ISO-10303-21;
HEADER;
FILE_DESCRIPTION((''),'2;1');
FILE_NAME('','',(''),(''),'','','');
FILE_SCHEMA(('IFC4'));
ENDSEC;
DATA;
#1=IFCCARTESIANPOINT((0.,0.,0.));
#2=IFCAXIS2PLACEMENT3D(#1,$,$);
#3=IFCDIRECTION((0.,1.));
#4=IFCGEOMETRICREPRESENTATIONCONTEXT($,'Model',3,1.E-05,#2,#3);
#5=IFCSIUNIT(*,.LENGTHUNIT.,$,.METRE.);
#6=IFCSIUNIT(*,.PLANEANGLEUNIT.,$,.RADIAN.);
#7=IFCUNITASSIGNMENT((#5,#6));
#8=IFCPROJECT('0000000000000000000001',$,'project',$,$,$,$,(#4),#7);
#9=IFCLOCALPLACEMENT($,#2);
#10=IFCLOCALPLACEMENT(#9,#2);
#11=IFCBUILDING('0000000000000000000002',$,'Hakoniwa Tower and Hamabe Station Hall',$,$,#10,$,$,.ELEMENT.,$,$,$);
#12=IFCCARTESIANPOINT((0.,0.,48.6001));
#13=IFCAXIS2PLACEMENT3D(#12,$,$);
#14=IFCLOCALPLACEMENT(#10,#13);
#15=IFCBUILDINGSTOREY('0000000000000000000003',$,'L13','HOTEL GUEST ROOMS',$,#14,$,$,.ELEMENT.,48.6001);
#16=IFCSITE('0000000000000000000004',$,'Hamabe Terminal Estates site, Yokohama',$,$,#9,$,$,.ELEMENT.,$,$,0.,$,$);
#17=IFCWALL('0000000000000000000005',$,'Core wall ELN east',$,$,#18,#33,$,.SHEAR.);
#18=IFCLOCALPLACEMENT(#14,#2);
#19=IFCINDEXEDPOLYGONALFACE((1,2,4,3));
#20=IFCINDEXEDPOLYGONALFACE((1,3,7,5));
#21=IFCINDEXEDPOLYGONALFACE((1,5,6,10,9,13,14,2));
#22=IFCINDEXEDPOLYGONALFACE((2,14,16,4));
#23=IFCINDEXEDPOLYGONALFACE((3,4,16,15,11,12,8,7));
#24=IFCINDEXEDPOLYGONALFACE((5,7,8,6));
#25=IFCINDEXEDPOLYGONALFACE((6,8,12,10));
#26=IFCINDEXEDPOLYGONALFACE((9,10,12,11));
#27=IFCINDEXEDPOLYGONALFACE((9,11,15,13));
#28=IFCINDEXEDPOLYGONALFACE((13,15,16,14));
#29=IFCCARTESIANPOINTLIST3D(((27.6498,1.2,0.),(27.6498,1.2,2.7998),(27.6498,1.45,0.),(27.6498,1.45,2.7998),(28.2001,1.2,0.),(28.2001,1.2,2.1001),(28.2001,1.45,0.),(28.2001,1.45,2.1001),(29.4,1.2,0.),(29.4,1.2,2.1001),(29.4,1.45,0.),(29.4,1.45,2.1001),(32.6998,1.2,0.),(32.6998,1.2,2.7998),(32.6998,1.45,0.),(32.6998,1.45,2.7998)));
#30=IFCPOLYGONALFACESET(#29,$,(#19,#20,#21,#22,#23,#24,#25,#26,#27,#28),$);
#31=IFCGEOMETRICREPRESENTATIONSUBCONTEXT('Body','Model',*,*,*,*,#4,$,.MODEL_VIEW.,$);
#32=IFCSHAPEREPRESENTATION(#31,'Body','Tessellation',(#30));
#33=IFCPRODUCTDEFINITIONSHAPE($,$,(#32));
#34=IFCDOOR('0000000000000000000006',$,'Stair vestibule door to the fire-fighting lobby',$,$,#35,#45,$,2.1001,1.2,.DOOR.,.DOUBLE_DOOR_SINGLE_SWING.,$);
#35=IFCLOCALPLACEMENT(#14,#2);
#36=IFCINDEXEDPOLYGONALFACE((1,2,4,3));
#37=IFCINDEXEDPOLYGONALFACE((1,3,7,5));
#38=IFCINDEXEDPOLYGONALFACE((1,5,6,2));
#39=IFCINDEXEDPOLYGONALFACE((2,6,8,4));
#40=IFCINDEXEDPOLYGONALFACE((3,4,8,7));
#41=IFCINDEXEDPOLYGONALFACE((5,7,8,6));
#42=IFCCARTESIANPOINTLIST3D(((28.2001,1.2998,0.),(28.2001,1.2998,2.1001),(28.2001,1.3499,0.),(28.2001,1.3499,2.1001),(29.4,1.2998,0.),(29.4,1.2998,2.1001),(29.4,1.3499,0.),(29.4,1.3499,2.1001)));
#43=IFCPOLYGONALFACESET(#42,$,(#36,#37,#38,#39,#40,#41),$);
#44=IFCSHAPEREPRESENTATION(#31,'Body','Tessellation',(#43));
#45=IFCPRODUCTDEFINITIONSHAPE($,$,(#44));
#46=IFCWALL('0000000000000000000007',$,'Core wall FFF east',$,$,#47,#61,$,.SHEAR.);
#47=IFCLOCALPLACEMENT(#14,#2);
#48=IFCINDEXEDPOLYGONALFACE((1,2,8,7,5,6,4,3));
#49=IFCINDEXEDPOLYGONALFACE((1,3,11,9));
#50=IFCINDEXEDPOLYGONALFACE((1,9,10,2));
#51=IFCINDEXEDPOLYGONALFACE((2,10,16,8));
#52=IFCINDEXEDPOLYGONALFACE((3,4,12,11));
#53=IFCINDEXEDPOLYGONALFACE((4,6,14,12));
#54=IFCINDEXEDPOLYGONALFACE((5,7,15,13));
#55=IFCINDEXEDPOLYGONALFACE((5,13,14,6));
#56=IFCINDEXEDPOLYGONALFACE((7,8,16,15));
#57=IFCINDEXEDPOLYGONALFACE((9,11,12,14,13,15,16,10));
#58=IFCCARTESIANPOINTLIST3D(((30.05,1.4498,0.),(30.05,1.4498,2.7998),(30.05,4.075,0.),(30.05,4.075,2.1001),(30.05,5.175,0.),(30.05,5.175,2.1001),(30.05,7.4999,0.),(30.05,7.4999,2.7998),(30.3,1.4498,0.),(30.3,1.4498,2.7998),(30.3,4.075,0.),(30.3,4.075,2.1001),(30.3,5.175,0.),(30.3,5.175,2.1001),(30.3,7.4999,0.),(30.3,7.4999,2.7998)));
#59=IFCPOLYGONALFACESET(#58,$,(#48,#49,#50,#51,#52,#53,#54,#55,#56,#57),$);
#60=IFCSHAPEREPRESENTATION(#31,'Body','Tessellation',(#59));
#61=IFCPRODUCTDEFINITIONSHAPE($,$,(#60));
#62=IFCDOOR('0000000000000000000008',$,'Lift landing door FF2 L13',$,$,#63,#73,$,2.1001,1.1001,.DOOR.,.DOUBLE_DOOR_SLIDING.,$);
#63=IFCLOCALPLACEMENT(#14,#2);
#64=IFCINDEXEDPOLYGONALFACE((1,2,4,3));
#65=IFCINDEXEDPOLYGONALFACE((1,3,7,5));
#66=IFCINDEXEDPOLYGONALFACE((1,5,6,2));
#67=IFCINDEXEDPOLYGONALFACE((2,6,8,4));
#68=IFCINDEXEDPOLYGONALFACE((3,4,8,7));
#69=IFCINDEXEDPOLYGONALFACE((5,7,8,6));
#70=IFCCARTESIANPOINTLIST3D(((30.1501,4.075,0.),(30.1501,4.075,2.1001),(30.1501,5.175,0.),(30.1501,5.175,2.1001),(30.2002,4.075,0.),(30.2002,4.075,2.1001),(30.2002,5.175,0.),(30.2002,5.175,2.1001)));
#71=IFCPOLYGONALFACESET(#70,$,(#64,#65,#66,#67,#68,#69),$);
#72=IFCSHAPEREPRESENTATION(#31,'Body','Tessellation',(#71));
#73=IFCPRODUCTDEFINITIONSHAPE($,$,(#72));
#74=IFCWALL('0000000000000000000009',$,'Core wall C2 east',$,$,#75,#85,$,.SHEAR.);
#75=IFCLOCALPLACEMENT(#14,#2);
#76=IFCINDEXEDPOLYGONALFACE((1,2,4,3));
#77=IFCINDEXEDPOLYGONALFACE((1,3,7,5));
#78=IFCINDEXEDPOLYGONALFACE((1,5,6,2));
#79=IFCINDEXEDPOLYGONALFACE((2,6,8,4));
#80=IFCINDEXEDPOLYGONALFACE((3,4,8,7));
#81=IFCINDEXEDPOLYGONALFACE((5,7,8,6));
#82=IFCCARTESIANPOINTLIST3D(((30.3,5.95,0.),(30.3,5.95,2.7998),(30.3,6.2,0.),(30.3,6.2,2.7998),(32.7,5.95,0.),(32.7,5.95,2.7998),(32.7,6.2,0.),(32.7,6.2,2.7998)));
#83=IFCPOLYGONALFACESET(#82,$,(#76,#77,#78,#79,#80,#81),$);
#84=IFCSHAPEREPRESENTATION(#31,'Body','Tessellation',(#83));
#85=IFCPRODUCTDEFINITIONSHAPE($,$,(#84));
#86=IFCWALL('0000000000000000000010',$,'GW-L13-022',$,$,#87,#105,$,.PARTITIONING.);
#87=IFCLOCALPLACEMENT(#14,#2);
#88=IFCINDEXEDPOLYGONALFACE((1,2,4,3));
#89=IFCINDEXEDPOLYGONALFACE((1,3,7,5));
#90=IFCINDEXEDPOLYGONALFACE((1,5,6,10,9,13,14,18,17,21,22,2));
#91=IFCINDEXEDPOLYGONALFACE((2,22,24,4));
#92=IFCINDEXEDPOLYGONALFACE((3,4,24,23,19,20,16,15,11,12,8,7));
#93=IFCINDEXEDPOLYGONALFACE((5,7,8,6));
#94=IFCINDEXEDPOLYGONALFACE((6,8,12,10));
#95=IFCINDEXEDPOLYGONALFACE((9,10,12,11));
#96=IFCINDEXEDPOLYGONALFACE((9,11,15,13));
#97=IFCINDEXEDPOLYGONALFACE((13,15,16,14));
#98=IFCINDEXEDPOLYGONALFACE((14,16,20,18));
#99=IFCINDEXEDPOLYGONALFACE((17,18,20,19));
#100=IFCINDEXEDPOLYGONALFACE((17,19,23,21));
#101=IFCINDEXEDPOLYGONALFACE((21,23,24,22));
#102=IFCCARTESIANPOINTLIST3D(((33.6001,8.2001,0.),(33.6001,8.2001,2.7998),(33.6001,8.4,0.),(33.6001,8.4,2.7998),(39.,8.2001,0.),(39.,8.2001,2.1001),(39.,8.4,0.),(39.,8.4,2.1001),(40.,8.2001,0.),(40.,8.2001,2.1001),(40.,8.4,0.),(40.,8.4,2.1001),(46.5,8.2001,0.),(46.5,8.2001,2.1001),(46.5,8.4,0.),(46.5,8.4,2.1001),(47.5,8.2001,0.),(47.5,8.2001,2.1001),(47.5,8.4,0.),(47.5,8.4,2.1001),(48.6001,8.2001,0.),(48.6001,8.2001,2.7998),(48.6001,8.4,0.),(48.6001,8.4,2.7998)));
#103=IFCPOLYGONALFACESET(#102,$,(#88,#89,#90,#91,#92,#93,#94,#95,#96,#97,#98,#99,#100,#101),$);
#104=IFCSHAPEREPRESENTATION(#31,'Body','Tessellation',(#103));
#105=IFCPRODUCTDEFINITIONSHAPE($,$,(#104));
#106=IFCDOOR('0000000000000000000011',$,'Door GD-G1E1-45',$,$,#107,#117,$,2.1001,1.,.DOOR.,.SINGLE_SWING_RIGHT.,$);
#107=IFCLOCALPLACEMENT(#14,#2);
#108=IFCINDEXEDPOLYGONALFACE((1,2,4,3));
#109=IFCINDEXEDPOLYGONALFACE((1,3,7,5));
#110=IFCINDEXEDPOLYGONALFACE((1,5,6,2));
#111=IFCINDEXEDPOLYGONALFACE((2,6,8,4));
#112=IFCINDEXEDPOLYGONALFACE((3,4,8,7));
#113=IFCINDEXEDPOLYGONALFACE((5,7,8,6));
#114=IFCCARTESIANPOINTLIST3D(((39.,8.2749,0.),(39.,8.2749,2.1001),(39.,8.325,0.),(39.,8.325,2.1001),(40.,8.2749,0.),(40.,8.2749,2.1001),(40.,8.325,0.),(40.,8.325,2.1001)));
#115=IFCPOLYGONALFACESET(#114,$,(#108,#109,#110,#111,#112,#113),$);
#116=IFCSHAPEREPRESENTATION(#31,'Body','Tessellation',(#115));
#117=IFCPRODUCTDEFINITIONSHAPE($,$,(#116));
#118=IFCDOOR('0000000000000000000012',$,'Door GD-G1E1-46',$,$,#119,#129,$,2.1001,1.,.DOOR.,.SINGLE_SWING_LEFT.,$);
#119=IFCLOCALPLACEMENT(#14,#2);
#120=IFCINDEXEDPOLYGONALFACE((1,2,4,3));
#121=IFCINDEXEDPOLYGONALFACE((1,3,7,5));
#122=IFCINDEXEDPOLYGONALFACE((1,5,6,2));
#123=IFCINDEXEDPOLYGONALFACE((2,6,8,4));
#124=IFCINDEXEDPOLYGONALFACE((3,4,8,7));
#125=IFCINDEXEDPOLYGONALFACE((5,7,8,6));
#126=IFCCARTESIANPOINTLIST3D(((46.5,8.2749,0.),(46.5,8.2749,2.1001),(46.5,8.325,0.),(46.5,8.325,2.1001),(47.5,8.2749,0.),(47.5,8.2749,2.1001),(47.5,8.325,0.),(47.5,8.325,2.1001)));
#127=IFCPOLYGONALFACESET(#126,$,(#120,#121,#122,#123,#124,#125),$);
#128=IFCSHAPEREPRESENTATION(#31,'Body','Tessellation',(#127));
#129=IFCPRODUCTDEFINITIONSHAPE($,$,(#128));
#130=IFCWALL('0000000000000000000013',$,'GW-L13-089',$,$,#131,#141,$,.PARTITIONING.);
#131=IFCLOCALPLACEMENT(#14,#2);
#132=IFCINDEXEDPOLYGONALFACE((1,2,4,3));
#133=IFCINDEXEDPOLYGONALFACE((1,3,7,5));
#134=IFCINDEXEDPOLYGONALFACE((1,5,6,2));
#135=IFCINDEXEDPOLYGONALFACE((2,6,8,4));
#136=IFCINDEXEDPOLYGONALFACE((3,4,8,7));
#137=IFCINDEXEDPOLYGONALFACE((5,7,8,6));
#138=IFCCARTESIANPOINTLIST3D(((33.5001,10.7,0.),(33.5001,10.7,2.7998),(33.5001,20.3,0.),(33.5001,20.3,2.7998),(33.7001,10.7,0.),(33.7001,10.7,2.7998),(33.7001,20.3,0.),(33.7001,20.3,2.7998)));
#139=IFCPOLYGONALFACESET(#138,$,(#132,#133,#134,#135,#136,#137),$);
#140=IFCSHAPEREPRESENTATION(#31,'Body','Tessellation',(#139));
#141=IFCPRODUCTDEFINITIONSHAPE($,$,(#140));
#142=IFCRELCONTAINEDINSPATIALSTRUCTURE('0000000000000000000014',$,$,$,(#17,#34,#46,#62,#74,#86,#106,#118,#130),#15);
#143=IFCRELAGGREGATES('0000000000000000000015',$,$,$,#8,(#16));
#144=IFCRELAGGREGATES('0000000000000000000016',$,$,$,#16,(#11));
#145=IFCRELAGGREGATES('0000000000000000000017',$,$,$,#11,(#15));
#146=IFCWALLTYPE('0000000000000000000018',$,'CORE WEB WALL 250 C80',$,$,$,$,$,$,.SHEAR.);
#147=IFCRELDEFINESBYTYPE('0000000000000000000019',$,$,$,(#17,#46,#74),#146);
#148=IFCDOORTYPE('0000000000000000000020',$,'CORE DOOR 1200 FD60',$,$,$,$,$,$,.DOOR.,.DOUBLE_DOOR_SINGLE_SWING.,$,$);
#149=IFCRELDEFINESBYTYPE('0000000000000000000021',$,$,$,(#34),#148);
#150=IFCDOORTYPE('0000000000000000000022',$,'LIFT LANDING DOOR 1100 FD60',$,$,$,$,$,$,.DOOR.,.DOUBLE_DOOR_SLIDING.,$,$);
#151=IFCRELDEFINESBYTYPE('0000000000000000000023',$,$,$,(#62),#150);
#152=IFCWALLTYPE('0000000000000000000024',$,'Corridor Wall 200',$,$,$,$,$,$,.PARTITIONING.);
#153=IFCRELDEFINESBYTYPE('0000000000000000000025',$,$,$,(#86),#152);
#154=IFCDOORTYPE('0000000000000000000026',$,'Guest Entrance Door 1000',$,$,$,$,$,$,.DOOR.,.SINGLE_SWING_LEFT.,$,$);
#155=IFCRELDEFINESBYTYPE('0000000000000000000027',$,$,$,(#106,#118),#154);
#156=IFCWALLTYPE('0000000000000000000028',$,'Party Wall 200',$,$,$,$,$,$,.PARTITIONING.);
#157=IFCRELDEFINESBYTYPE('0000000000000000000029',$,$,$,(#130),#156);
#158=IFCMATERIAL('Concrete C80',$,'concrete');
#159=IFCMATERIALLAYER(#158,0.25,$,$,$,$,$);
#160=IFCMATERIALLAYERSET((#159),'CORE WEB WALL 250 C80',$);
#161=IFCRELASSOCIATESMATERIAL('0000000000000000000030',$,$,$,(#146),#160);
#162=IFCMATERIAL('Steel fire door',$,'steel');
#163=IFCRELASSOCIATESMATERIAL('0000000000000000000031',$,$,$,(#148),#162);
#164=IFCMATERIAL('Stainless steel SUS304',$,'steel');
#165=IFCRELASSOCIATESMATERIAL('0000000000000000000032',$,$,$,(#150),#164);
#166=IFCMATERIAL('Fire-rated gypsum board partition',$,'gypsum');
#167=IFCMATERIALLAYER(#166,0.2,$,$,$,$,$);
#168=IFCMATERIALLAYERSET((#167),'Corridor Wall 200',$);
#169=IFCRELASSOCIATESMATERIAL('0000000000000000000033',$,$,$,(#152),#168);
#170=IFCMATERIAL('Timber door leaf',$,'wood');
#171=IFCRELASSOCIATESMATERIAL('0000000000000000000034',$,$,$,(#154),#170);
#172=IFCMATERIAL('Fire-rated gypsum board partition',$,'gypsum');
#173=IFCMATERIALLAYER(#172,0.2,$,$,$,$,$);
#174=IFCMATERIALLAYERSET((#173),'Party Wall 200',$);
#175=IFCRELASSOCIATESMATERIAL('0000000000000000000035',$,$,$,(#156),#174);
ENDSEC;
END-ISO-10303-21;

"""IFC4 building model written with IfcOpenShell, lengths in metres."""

from ifc_helpers import new_model, si_unit, direction, frame, frame_2d, origin, place, context, subcontext, project, spatial, rectangle, extrude, material, layer, layer_set, type_object, element, fill, save


model = new_model("IFC4")

# Units and contexts
model_context = context("Model", 3, precision=1e-05, world=origin(), true_north=direction((0.0, 1.0)))
body_context = subcontext(model_context, "Body", "Model", "MODEL_VIEW")
ifc_project = project(units=[si_unit("LENGTHUNIT", "METRE"), si_unit("PLANEANGLEUNIT", "RADIAN")], contexts=[model_context])

# Site, building, storey
site_placement = place(None, origin())
site = spatial("IfcSite", under=ifc_project, at=site_placement, Name="Hamabe Terminal Estates site, Yokohama", CompositionType="ELEMENT", RefElevation=0.0)
building_placement = place(site_placement, origin())
building = spatial("IfcBuilding", under=site, at=building_placement, Name="Hakoniwa Tower and Hamabe Station Hall", CompositionType="ELEMENT")
storey_placement = place(building_placement, frame((0.0, 0.0, 48.6001)))
storey = spatial("IfcBuildingStorey", under=building, at=storey_placement, Name="L13", Description="HOTEL GUEST ROOMS", CompositionType="ELEMENT", Elevation=48.6001)

# Walls, openings, doors
ifc_material_1 = material(Name="Concrete C80", Category="concrete")
ifc_layer_1 = layer(ifc_material_1, 0.25)
ifc_layer_set_1 = layer_set([ifc_layer_1], Name="CORE WEB WALL 250 C80")
wall_type_1 = type_object("IfcWallType", Name="CORE WEB WALL 250 C80", PredefinedType="SHEAR", material=ifc_layer_set_1)
wall_1_placement = place(storey_placement, frame((27.6499, 1.325, 0.0), z_axis=(0.0, 0.0, 1.0), x_axis=(1.0, 0.0, 0.0)))
wall_1 = element("IfcWall", 1, at=wall_1_placement, inside=storey, type_object=wall_type_1, Name="Core wall ELN east", PredefinedType="SHEAR", context=body_context, shape_type="SweptSolid", body=[
    extrude(rectangle(XDim=5.05, YDim=0.25, at=frame_2d((2.5249, 0.0))), origin(), (0.0, 0.0, 1.0), 2.7998),
])
opening_1_placement = place(wall_1_placement, frame((0.55, 0.0, 0.0)))
opening_1 = element("IfcOpeningElement", 2, at=opening_1_placement, cuts=wall_1, PredefinedType="OPENING", context=body_context, shape_type="SweptSolid", body=[
    extrude(rectangle(XDim=1.2, YDim=2.1001, at=frame_2d((0.6001, 1.05))), frame((0.0, 0.135, 0.0), z_axis=(0.0, -1.0, 0.0), x_axis=(1.0, 0.0, 0.0)), (0.0, 0.0, 1.0), 0.27),
])
ifc_material_2 = material(Name="Steel fire door", Category="steel")
door_type_1 = type_object("IfcDoorType", Name="CORE DOOR 1200 FD60", OperationType="DOUBLE_DOOR_SINGLE_SWING", PredefinedType="DOOR", material=ifc_material_2)
door_1_placement = place(opening_1_placement, origin())
door_1 = element("IfcDoor", 3, at=door_1_placement, inside=storey, type_object=door_type_1, Name="Stair vestibule door to the fire-fighting lobby", OperationType="DOUBLE_DOOR_SINGLE_SWING", OverallHeight=2.1001, OverallWidth=1.2, PredefinedType="DOOR", context=body_context, shape_type="SweptSolid", body=[
    extrude(rectangle(XDim=1.2, YDim=2.1001, at=frame_2d((0.6001, 1.05))), frame((0.0, 0.0249, 0.0), z_axis=(0.0, -1.0, 0.0), x_axis=(1.0, 0.0, 0.0)), (0.0, 0.0, 1.0), 0.05),
])
fill(opening_1, door_1)
wall_2_placement = place(storey_placement, frame((30.175, 1.45, 0.0), z_axis=(0.0, 0.0, 1.0), x_axis=(0.0, 1.0, 0.0)))
wall_2 = element("IfcWall", 4, at=wall_2_placement, inside=storey, type_object=wall_type_1, Name="Core wall FFF east", PredefinedType="SHEAR", context=body_context, shape_type="SweptSolid", body=[
    extrude(rectangle(XDim=6.05, YDim=0.25, at=frame_2d((3.0249, 0.0))), origin(), (0.0, 0.0, 1.0), 2.7998),
])
opening_2_placement = place(wall_2_placement, frame((2.625, 0.0, 0.0)))
opening_2 = element("IfcOpeningElement", 5, at=opening_2_placement, cuts=wall_2, PredefinedType="OPENING", context=body_context, shape_type="SweptSolid", body=[
    extrude(rectangle(XDim=1.1001, YDim=2.1001, at=frame_2d((0.55, 1.05))), frame((0.0, 0.135, 0.0), z_axis=(0.0, -1.0, 0.0), x_axis=(1.0, 0.0, 0.0)), (0.0, 0.0, 1.0), 0.27),
])
ifc_material_3 = material(Name="Stainless steel SUS304", Category="steel")
door_type_2 = type_object("IfcDoorType", Name="LIFT LANDING DOOR 1100 FD60", OperationType="DOUBLE_DOOR_SLIDING", PredefinedType="DOOR", material=ifc_material_3)
door_2_placement = place(opening_2_placement, origin())
door_2 = element("IfcDoor", 6, at=door_2_placement, inside=storey, type_object=door_type_2, Name="Lift landing door FF2 L13", OperationType="DOUBLE_DOOR_SLIDING", OverallHeight=2.1001, OverallWidth=1.1001, PredefinedType="DOOR", context=body_context, shape_type="SweptSolid", body=[
    extrude(rectangle(XDim=1.1001, YDim=2.1001, at=frame_2d((0.55, 1.05))), frame((0.0, 0.0249, 0.0), z_axis=(0.0, -1.0, 0.0), x_axis=(1.0, 0.0, 0.0)), (0.0, 0.0, 1.0), 0.05),
])
fill(opening_2, door_2)

# Wall
wall_3_placement = place(storey_placement, frame((30.3, 6.075, 0.0), z_axis=(0.0, 0.0, 1.0), x_axis=(1.0, 0.0, 0.0)))
element("IfcWall", 7, at=wall_3_placement, inside=storey, type_object=wall_type_1, Name="Core wall C2 east", PredefinedType="SHEAR", context=body_context, shape_type="SweptSolid", body=[
    extrude(rectangle(XDim=2.3999, YDim=0.25, at=frame_2d((1.2, 0.0))), origin(), (0.0, 0.0, 1.0), 2.7998),
])

# Wall, openings, doors
ifc_material_4 = material(Name="Fire-rated gypsum board partition", Category="gypsum")
ifc_layer_2 = layer(ifc_material_4, 0.2)
ifc_layer_set_2 = layer_set([ifc_layer_2], Name="Corridor Wall 200")
wall_type_2 = type_object("IfcWallType", Name="Corridor Wall 200", PredefinedType="PARTITIONING", material=ifc_layer_set_2)
wall_4_placement = place(storey_placement, frame((33.6001, 8.3, 0.0), z_axis=(0.0, 0.0, 1.0), x_axis=(1.0, 0.0, 0.0)))
wall_4 = element("IfcWall", 8, at=wall_4_placement, inside=storey, type_object=wall_type_2, Name="GW-L13-022", PredefinedType="PARTITIONING", context=body_context, shape_type="SweptSolid", body=[
    extrude(rectangle(XDim=15.0, YDim=0.2, at=frame_2d((7.5, 0.0))), origin(), (0.0, 0.0, 1.0), 2.7998),
])
opening_3_placement = place(wall_4_placement, frame((5.3999, 0.0, 0.0)))
opening_3 = element("IfcOpeningElement", 9, at=opening_3_placement, cuts=wall_4, PredefinedType="OPENING", context=body_context, shape_type="SweptSolid", body=[
    extrude(rectangle(XDim=1.0, YDim=2.1001, at=frame_2d((0.5, 1.05))), frame((0.0, 0.1099, 0.0), z_axis=(0.0, -1.0, 0.0), x_axis=(1.0, 0.0, 0.0)), (0.0, 0.0, 1.0), 0.22),
])
opening_4_placement = place(wall_4_placement, frame((12.8999, 0.0, 0.0)))
opening_4 = element("IfcOpeningElement", 10, at=opening_4_placement, cuts=wall_4, PredefinedType="OPENING", context=body_context, shape_type="SweptSolid", body=[
    extrude(rectangle(XDim=1.0, YDim=2.1001, at=frame_2d((0.5, 1.05))), frame((0.0, 0.1099, 0.0), z_axis=(0.0, -1.0, 0.0), x_axis=(1.0, 0.0, 0.0)), (0.0, 0.0, 1.0), 0.22),
])
ifc_material_5 = material(Name="Timber door leaf", Category="wood")
door_type_3 = type_object("IfcDoorType", Name="Guest Entrance Door 1000", OperationType="SINGLE_SWING_LEFT", PredefinedType="DOOR", material=ifc_material_5)
door_3_placement = place(opening_3_placement, origin())
door_3 = element("IfcDoor", 11, at=door_3_placement, inside=storey, type_object=door_type_3, Name="Door GD-G1E1-45", OperationType="SINGLE_SWING_RIGHT", OverallHeight=2.1001, OverallWidth=1.0, PredefinedType="DOOR", context=body_context, shape_type="SweptSolid", body=[
    extrude(rectangle(XDim=1.0, YDim=2.1001, at=frame_2d((0.5, 1.05))), frame((0.0, 0.0249, 0.0), z_axis=(0.0, -1.0, 0.0), x_axis=(1.0, 0.0, 0.0)), (0.0, 0.0, 1.0), 0.05),
])
fill(opening_3, door_3)
door_4_placement = place(opening_4_placement, origin())
door_4 = element("IfcDoor", 12, at=door_4_placement, inside=storey, type_object=door_type_3, Name="Door GD-G1E1-46", OperationType="SINGLE_SWING_LEFT", OverallHeight=2.1001, OverallWidth=1.0, PredefinedType="DOOR", context=body_context, shape_type="SweptSolid", body=[
    extrude(rectangle(XDim=1.0, YDim=2.1001, at=frame_2d((0.5, 1.05))), frame((0.0, 0.0249, 0.0), z_axis=(0.0, -1.0, 0.0), x_axis=(1.0, 0.0, 0.0)), (0.0, 0.0, 1.0), 0.05),
])
fill(opening_4, door_4)

# Wall
ifc_material_6 = material(Name="Fire-rated gypsum board partition", Category="gypsum")
ifc_layer_3 = layer(ifc_material_6, 0.2)
ifc_layer_set_3 = layer_set([ifc_layer_3], Name="Party Wall 200")
wall_type_3 = type_object("IfcWallType", Name="Party Wall 200", PredefinedType="PARTITIONING", material=ifc_layer_set_3)
wall_5_placement = place(storey_placement, frame((33.6001, 10.7, 0.0), z_axis=(0.0, 0.0, 1.0), x_axis=(0.0, 1.0, 0.0)))
element("IfcWall", 13, at=wall_5_placement, inside=storey, type_object=wall_type_3, Name="GW-L13-089", PredefinedType="PARTITIONING", context=body_context, shape_type="SweptSolid", body=[
    extrude(rectangle(XDim=9.6001, YDim=0.2, at=frame_2d((4.8, 0.0))), origin(), (0.0, 0.0, 1.0), 2.7998),
])

save(model, "model.ifc")
